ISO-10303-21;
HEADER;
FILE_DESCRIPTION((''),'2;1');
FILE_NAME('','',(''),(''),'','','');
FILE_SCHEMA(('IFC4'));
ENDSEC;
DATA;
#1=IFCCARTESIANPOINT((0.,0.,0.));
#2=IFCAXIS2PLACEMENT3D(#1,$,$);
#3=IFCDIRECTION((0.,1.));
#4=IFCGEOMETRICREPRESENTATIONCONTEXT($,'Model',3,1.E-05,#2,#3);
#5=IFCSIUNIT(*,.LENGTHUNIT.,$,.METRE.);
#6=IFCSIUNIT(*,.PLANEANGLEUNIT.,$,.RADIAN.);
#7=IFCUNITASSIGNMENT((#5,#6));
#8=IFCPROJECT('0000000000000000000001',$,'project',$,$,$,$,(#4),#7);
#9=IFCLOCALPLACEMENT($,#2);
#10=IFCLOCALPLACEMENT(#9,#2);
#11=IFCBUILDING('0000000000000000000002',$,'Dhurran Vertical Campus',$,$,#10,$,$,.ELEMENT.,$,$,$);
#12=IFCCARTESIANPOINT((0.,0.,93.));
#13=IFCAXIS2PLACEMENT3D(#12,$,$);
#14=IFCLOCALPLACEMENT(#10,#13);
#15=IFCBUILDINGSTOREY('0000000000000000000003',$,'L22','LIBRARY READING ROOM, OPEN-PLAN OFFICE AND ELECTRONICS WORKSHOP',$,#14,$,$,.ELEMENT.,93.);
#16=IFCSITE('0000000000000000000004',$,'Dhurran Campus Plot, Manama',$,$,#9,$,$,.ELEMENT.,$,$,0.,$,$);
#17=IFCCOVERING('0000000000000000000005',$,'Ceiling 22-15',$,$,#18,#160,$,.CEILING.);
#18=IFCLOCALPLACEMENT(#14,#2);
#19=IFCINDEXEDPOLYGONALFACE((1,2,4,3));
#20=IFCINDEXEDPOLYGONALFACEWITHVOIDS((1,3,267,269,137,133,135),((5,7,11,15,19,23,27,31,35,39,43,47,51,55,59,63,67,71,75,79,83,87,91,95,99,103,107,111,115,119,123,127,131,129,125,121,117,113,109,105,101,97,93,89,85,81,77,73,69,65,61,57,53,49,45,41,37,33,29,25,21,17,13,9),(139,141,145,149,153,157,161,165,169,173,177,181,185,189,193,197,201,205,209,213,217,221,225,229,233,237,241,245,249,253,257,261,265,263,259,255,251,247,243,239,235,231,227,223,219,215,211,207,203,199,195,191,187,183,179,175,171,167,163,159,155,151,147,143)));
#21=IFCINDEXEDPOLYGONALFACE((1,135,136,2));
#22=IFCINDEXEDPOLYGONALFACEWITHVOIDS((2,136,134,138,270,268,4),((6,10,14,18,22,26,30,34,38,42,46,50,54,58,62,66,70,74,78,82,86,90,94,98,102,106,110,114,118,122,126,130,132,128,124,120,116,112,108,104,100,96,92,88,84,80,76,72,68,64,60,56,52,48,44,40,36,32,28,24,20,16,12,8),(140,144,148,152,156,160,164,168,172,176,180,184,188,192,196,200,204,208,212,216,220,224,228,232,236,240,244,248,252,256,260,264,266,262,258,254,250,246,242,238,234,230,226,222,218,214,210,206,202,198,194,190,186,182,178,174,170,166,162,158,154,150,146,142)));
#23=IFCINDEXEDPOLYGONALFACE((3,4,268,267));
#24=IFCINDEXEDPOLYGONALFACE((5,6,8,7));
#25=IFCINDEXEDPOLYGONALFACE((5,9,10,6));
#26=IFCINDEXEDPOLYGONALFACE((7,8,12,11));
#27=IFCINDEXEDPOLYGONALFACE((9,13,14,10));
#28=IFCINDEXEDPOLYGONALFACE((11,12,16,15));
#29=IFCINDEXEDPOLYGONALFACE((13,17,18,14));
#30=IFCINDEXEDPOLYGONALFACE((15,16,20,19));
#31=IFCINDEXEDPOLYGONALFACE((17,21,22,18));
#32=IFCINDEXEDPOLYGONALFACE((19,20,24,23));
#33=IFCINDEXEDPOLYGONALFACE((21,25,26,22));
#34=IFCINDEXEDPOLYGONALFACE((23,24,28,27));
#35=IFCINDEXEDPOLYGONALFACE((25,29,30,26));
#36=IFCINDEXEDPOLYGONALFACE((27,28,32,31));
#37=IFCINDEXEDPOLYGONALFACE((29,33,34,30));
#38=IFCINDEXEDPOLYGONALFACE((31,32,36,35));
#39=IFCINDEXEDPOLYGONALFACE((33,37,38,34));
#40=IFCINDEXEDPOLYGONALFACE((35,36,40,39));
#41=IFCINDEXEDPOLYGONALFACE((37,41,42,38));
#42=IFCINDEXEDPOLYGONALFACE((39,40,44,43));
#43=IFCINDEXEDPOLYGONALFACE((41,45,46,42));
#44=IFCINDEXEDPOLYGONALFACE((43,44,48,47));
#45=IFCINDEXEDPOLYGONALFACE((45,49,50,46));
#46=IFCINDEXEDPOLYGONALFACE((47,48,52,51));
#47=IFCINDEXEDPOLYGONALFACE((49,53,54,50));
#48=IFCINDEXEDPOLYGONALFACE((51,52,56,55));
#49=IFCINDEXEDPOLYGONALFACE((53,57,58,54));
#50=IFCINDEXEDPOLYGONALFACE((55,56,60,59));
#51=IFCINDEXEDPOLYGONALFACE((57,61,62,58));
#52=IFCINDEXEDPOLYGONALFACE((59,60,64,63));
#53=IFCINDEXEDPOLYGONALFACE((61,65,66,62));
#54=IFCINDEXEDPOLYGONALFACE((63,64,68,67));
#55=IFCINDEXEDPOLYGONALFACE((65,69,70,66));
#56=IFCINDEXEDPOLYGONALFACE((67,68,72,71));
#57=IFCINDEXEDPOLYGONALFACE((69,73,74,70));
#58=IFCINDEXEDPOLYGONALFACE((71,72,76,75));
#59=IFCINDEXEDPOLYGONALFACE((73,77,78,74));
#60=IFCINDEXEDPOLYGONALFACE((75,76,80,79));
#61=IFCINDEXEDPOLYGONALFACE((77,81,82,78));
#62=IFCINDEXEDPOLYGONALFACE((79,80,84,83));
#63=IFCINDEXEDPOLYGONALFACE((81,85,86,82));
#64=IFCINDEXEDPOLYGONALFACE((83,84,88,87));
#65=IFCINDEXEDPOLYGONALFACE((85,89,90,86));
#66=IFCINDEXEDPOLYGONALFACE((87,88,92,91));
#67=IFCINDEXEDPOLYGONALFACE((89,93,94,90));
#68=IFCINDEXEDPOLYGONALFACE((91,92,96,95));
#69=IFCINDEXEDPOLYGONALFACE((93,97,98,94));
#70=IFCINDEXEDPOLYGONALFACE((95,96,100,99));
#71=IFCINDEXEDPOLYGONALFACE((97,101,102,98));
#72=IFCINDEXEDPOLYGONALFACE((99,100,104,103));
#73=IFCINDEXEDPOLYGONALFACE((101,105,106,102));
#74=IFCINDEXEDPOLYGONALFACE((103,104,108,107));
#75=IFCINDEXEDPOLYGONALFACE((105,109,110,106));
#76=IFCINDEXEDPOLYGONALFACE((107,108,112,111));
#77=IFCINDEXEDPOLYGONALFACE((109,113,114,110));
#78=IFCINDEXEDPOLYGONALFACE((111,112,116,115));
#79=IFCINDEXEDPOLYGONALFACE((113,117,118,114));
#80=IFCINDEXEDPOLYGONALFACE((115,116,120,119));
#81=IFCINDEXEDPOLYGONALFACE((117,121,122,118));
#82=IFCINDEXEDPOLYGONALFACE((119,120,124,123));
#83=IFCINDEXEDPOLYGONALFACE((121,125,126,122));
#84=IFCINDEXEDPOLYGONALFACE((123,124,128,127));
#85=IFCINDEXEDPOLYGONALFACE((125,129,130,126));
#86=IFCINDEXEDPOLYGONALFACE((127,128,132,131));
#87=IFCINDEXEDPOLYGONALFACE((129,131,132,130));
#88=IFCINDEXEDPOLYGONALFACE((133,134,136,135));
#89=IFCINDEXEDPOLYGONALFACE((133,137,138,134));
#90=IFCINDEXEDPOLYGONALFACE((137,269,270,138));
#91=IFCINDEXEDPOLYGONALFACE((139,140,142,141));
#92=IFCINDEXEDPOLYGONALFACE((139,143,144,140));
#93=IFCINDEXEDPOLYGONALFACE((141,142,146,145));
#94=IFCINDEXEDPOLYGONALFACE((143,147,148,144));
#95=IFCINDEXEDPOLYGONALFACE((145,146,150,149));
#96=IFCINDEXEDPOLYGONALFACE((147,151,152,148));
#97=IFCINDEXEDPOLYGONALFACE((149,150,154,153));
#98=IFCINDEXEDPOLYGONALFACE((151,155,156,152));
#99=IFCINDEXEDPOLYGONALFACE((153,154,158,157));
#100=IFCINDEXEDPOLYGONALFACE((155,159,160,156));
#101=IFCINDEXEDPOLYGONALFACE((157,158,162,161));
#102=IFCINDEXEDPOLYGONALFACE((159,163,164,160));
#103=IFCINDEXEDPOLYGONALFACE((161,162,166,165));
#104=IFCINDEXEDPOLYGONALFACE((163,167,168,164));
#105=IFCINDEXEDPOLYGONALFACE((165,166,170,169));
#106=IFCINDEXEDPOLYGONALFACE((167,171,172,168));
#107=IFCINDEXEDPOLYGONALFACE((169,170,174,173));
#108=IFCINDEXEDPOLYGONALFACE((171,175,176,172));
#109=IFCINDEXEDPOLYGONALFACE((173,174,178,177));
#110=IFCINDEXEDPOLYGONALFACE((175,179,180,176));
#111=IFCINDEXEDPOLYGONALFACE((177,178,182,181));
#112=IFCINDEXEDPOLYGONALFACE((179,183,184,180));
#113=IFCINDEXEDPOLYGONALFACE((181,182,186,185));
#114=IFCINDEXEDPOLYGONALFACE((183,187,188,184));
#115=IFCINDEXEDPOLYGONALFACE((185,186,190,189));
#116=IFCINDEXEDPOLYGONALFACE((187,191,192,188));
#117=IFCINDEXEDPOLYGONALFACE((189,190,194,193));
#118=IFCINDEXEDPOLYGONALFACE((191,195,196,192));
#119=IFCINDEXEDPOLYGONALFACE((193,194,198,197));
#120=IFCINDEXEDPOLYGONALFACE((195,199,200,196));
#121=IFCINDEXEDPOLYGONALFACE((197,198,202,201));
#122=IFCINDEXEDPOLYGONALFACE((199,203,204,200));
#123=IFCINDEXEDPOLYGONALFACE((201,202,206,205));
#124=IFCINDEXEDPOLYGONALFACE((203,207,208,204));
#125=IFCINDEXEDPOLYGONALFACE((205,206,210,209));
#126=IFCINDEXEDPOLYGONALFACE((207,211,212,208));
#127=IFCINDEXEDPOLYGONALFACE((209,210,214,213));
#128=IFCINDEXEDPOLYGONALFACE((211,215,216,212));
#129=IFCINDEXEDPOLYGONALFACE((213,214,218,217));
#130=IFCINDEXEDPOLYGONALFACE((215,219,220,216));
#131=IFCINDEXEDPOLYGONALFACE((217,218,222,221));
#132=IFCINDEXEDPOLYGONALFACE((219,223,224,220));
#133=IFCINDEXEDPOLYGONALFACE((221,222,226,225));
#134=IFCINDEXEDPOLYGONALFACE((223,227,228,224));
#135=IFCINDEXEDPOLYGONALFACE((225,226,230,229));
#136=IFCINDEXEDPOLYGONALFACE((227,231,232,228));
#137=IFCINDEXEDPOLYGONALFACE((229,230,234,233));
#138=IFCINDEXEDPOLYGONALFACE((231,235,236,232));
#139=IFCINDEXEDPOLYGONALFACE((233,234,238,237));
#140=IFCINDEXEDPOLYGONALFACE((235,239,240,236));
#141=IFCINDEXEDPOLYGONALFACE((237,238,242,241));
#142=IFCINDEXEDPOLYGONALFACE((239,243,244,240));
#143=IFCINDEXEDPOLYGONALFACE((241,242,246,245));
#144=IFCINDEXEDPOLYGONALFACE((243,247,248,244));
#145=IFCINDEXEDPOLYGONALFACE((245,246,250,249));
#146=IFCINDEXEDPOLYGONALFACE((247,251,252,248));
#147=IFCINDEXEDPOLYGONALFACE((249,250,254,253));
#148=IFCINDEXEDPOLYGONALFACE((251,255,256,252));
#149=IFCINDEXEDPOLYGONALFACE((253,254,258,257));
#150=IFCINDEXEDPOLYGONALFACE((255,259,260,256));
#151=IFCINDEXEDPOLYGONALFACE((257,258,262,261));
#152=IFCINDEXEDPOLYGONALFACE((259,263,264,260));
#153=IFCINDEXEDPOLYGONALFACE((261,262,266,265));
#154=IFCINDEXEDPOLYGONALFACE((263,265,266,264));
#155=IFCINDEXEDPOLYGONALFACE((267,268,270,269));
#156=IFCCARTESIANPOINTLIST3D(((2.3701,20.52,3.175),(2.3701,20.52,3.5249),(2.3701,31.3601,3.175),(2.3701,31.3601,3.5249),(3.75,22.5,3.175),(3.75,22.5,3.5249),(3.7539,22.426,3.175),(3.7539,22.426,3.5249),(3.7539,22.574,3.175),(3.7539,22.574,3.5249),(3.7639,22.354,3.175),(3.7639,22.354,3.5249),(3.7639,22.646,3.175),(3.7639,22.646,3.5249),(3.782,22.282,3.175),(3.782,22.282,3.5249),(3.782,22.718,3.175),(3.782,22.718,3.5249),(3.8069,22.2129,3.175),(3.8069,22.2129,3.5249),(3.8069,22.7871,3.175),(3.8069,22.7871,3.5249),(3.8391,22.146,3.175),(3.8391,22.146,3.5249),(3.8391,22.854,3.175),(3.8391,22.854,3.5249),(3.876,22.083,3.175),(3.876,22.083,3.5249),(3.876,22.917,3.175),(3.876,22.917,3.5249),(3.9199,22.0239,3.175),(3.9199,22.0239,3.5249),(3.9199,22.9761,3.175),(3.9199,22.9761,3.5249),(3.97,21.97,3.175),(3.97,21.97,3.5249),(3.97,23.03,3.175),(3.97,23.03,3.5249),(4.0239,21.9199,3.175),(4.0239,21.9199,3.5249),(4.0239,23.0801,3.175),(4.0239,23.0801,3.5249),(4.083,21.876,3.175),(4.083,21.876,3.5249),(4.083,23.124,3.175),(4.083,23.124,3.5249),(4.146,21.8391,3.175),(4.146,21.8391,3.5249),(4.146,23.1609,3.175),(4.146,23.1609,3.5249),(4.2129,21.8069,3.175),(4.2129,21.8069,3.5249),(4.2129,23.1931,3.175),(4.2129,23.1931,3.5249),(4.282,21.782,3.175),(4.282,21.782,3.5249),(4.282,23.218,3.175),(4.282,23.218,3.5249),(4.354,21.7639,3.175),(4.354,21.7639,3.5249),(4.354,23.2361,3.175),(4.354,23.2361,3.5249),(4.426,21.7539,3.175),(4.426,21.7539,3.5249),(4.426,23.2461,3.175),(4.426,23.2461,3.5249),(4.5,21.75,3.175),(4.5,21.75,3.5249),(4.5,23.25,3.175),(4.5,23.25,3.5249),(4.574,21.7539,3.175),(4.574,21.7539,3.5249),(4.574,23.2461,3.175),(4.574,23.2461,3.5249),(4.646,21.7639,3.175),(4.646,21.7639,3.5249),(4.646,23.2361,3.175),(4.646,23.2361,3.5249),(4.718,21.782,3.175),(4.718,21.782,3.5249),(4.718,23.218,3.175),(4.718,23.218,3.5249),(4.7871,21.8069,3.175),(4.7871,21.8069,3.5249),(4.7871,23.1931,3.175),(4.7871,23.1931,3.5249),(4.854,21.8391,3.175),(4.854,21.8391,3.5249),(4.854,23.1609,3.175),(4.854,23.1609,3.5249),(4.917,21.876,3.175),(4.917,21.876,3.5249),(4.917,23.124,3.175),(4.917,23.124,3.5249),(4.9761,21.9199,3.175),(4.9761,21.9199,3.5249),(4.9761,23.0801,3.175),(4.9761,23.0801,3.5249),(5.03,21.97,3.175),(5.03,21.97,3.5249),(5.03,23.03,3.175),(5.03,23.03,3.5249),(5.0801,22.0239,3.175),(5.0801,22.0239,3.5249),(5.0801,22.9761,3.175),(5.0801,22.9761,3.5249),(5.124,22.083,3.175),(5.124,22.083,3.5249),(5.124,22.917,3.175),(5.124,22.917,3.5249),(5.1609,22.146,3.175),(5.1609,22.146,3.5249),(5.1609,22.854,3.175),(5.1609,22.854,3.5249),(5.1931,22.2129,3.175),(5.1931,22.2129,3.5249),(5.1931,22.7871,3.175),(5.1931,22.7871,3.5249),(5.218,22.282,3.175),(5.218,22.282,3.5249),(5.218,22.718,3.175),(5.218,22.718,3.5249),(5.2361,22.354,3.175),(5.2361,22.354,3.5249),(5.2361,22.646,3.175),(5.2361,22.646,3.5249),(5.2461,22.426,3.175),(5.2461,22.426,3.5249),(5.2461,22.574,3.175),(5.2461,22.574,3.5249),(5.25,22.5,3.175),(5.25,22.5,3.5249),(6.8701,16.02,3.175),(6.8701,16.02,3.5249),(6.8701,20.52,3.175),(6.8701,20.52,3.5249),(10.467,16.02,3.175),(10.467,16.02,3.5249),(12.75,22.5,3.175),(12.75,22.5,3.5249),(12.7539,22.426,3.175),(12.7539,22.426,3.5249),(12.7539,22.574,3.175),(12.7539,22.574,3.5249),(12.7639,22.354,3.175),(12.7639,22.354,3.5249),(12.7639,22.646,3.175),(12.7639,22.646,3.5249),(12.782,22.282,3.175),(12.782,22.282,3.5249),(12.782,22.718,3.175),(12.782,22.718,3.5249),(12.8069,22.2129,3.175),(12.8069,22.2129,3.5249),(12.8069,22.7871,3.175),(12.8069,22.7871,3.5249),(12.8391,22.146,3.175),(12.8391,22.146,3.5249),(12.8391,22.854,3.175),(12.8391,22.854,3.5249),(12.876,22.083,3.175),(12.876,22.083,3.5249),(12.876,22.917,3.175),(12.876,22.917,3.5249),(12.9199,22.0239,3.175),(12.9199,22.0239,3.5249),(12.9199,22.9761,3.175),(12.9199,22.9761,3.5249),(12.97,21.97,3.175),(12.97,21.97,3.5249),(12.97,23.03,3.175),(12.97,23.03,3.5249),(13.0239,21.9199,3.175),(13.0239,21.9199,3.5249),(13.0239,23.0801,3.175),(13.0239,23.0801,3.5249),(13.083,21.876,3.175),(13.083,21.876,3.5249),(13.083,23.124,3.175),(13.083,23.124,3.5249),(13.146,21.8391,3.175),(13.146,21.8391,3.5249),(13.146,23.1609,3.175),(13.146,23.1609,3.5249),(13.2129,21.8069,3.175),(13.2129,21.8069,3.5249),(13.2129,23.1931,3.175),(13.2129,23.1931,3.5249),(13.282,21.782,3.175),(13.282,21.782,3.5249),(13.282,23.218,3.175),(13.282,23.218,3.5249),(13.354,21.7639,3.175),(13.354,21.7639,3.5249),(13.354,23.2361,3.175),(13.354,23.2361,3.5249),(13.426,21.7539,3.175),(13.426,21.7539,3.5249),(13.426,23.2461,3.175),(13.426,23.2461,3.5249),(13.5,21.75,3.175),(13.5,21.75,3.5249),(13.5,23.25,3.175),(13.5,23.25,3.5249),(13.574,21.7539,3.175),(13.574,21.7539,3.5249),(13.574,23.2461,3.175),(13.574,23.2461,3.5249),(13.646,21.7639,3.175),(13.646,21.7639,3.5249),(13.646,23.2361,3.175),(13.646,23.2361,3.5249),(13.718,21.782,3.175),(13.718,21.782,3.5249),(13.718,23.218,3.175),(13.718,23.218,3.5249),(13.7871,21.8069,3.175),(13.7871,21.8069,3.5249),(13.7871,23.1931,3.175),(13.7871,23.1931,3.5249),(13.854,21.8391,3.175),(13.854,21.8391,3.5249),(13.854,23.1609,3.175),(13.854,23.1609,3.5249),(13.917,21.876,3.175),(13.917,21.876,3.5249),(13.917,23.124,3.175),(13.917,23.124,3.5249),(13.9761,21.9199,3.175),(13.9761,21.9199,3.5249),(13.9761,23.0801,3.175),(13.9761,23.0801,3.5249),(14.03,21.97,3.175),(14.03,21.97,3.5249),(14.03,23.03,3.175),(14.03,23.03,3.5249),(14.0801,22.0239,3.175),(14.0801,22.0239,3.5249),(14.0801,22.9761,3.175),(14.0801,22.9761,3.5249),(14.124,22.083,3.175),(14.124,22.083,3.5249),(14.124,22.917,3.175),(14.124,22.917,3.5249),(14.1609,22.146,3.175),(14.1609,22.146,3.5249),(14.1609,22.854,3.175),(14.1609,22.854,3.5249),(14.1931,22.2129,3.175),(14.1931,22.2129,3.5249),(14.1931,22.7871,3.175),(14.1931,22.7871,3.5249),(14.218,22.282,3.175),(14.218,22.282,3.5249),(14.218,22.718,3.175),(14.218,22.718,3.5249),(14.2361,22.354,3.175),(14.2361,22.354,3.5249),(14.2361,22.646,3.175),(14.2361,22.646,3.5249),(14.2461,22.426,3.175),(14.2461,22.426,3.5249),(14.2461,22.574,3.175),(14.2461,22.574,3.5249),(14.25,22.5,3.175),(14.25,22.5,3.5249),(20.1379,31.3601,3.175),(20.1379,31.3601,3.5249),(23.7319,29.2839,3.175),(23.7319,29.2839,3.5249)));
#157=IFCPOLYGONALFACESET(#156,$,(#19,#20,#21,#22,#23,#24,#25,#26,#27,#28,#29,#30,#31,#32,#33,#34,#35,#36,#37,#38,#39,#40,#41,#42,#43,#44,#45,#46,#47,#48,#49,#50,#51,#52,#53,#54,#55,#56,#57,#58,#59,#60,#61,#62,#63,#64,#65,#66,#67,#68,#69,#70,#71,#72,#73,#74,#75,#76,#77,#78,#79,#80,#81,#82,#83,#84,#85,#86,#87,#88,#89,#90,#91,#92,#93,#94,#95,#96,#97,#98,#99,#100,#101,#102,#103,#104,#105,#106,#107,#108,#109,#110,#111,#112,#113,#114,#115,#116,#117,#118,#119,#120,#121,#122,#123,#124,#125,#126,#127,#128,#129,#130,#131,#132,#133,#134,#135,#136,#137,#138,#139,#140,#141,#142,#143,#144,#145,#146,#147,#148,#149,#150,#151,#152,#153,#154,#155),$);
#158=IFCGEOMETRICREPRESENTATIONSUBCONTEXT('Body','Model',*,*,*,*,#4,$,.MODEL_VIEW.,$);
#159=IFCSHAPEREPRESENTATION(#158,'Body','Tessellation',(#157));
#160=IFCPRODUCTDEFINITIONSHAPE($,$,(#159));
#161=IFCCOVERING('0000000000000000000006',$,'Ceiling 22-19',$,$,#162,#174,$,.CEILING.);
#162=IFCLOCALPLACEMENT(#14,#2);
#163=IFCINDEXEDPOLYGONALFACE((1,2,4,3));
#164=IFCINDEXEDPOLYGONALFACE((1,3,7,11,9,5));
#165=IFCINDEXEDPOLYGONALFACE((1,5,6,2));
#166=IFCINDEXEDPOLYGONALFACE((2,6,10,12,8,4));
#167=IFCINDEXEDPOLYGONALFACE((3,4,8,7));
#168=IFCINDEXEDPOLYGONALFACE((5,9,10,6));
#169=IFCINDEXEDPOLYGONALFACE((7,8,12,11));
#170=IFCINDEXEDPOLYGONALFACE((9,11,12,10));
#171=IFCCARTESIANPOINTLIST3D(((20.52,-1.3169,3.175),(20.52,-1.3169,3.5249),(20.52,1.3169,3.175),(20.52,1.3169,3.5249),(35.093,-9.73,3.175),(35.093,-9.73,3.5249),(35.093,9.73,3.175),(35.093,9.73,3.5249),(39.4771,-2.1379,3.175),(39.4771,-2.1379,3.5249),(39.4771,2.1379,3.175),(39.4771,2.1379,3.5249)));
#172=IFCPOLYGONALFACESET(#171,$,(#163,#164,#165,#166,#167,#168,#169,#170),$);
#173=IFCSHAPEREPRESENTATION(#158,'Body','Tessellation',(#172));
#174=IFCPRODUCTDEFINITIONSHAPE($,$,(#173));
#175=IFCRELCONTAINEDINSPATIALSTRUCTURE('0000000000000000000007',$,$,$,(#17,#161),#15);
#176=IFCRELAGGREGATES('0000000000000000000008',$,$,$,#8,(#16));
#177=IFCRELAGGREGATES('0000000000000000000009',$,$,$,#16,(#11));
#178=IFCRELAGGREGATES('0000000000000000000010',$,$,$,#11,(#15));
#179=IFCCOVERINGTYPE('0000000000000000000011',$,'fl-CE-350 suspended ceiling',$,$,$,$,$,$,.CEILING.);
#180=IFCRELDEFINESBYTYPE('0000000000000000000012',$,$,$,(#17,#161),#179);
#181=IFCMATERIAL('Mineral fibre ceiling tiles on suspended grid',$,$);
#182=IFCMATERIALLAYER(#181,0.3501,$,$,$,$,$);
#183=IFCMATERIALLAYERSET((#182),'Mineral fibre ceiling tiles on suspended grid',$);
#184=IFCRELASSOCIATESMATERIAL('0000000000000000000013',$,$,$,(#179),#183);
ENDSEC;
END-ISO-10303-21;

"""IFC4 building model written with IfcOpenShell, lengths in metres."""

from ifc_helpers import new_model, si_unit, direction, frame, origin, place, context, subcontext, project, spatial, polyline, outline, extrude, material, layer, layer_set, type_object, element, save


model = new_model("IFC4")

# Units and contexts
model_context = context("Model", 3, precision=1e-05, world=origin(), true_north=direction((0.0, 1.0)))
body_context = subcontext(model_context, "Body", "Model", "MODEL_VIEW")
ifc_project = project(units=[si_unit("LENGTHUNIT", "METRE"), si_unit("PLANEANGLEUNIT", "RADIAN")], contexts=[model_context])

# Site, building, storey
site_placement = place(None, origin())
site = spatial("IfcSite", under=ifc_project, at=site_placement, Name="Dhurran Campus Plot, Manama", CompositionType="ELEMENT", RefElevation=0.0)
building_placement = place(site_placement, origin())
building = spatial("IfcBuilding", under=site, at=building_placement, Name="Dhurran Vertical Campus", CompositionType="ELEMENT")
storey_placement = place(building_placement, frame((0.0, 0.0, 93.0)))
storey = spatial("IfcBuildingStorey", under=building, at=storey_placement, Name="L22", Description="LIBRARY READING ROOM, OPEN-PLAN OFFICE AND ELECTRONICS WORKSHOP", CompositionType="ELEMENT", Elevation=93.0)

# Coverings
ifc_material_1 = material(Name="Mineral fibre ceiling tiles on suspended grid")
ifc_layer_1 = layer(ifc_material_1, 0.3501)
ifc_layer_set_1 = layer_set([ifc_layer_1], Name="Mineral fibre ceiling tiles on suspended grid")
covering_type = type_object("IfcCoveringType", Name="fl-CE-350 suspended ceiling", PredefinedType="CEILING", material=ifc_layer_set_1)
covering_1_placement = place(storey_placement, frame((0.0, 0.0, 3.175)))
element("IfcCovering", 1, at=covering_1_placement, inside=storey, type_object=covering_type, Name="Ceiling 22-15", PredefinedType="CEILING", context=body_context, shape_type="SweptSolid", body=[
    extrude(outline(polyline([(10.467, 16.02), (6.8701, 16.02), (6.8701, 20.52), (2.3701, 20.52), (2.3701, 31.3601), (20.1379, 31.3601), (23.7319, 29.2839), (10.467, 16.02)]), holes=[polyline([(5.0801, 22.9761), (5.03, 23.03), (4.9761, 23.0801), (4.917, 23.124), (4.854, 23.1609), (4.7871, 23.1931), (4.718, 23.218), (4.646, 23.2361), (4.574, 23.2461), (4.5, 23.25), (4.426, 23.2461), (4.354, 23.2361), (4.282, 23.218), (4.2129, 23.1931), (4.146, 23.1609), (4.083, 23.124), (4.0239, 23.0801), (3.97, 23.03), (3.9199, 22.9761), (3.876, 22.917), (3.8391, 22.854), (3.8069, 22.7871), (3.782, 22.718), (3.7639, 22.646), (3.7539, 22.574), (3.75, 22.5), (3.7539, 22.426), (3.7639, 22.354), (3.782, 22.282), (3.8069, 22.2129), (3.8391, 22.146), (3.876, 22.083), (3.9199, 22.0239), (3.97, 21.97), (4.0239, 21.9199), (4.083, 21.876), (4.146, 21.8391), (4.2129, 21.8069), (4.282, 21.782), (4.354, 21.7639), (4.426, 21.7539), (4.5, 21.75), (4.574, 21.7539), (4.646, 21.7639), (4.718, 21.782), (4.7871, 21.8069), (4.854, 21.8391), (4.917, 21.876), (4.9761, 21.9199), (5.03, 21.97), (5.0801, 22.0239), (5.124, 22.083), (5.1609, 22.146), (5.1931, 22.2129), (5.218, 22.282), (5.2361, 22.354), (5.2461, 22.426), (5.25, 22.5), (5.2461, 22.574), (5.2361, 22.646), (5.218, 22.718), (5.1931, 22.7871), (5.1609, 22.854), (5.124, 22.917), (5.0801, 22.9761)]), polyline([(14.1609, 22.854), (14.124, 22.917), (14.0801, 22.9761), (14.03, 23.03), (13.9761, 23.0801), (13.917, 23.124), (13.854, 23.1609), (13.7871, 23.1931), (13.718, 23.218), (13.646, 23.2361), (13.574, 23.2461), (13.5, 23.25), (13.426, 23.2461), (13.354, 23.2361), (13.282, 23.218), (13.2129, 23.1931), (13.146, 23.1609), (13.083, 23.124), (13.0239, 23.0801), (12.97, 23.03), (12.9199, 22.9761), (12.876, 22.917), (12.8391, 22.854), (12.8069, 22.7871), (12.782, 22.718), (12.7639, 22.646), (12.7539, 22.574), (12.75, 22.5), (12.7539, 22.426), (12.7639, 22.354), (12.782, 22.282), (12.8069, 22.2129), (12.8391, 22.146), (12.876, 22.083), (12.9199, 22.0239), (12.97, 21.97), (13.0239, 21.9199), (13.083, 21.876), (13.146, 21.8391), (13.2129, 21.8069), (13.282, 21.782), (13.354, 21.7639), (13.426, 21.7539), (13.5, 21.75), (13.574, 21.7539), (13.646, 21.7639), (13.718, 21.782), (13.7871, 21.8069), (13.854, 21.8391), (13.917, 21.876), (13.9761, 21.9199), (14.03, 21.97), (14.0801, 22.0239), (14.124, 22.083), (14.1609, 22.146), (14.1931, 22.2129), (14.218, 22.282), (14.2361, 22.354), (14.2461, 22.426), (14.25, 22.5), (14.2461, 22.574), (14.2361, 22.646), (14.218, 22.718), (14.1931, 22.7871), (14.1609, 22.854)])]), origin(), (0.0, 0.0, 1.0), 0.3499),
])
covering_2_placement = place(storey_placement, frame((0.0, 0.0, 3.175)))
element("IfcCovering", 2, at=covering_2_placement, inside=storey, type_object=covering_type, Name="Ceiling 22-19", PredefinedType="CEILING", context=body_context, shape_type="SweptSolid", body=[
    extrude(outline(polyline([(20.52, -1.3169), (20.52, 1.3169), (35.093, 9.73), (39.4771, 2.1379), (39.4771, -2.1379), (35.093, -9.73), (20.52, -1.3169)])), origin(), (0.0, 0.0, 1.0), 0.3499),
])

save(model, "model.ifc")
